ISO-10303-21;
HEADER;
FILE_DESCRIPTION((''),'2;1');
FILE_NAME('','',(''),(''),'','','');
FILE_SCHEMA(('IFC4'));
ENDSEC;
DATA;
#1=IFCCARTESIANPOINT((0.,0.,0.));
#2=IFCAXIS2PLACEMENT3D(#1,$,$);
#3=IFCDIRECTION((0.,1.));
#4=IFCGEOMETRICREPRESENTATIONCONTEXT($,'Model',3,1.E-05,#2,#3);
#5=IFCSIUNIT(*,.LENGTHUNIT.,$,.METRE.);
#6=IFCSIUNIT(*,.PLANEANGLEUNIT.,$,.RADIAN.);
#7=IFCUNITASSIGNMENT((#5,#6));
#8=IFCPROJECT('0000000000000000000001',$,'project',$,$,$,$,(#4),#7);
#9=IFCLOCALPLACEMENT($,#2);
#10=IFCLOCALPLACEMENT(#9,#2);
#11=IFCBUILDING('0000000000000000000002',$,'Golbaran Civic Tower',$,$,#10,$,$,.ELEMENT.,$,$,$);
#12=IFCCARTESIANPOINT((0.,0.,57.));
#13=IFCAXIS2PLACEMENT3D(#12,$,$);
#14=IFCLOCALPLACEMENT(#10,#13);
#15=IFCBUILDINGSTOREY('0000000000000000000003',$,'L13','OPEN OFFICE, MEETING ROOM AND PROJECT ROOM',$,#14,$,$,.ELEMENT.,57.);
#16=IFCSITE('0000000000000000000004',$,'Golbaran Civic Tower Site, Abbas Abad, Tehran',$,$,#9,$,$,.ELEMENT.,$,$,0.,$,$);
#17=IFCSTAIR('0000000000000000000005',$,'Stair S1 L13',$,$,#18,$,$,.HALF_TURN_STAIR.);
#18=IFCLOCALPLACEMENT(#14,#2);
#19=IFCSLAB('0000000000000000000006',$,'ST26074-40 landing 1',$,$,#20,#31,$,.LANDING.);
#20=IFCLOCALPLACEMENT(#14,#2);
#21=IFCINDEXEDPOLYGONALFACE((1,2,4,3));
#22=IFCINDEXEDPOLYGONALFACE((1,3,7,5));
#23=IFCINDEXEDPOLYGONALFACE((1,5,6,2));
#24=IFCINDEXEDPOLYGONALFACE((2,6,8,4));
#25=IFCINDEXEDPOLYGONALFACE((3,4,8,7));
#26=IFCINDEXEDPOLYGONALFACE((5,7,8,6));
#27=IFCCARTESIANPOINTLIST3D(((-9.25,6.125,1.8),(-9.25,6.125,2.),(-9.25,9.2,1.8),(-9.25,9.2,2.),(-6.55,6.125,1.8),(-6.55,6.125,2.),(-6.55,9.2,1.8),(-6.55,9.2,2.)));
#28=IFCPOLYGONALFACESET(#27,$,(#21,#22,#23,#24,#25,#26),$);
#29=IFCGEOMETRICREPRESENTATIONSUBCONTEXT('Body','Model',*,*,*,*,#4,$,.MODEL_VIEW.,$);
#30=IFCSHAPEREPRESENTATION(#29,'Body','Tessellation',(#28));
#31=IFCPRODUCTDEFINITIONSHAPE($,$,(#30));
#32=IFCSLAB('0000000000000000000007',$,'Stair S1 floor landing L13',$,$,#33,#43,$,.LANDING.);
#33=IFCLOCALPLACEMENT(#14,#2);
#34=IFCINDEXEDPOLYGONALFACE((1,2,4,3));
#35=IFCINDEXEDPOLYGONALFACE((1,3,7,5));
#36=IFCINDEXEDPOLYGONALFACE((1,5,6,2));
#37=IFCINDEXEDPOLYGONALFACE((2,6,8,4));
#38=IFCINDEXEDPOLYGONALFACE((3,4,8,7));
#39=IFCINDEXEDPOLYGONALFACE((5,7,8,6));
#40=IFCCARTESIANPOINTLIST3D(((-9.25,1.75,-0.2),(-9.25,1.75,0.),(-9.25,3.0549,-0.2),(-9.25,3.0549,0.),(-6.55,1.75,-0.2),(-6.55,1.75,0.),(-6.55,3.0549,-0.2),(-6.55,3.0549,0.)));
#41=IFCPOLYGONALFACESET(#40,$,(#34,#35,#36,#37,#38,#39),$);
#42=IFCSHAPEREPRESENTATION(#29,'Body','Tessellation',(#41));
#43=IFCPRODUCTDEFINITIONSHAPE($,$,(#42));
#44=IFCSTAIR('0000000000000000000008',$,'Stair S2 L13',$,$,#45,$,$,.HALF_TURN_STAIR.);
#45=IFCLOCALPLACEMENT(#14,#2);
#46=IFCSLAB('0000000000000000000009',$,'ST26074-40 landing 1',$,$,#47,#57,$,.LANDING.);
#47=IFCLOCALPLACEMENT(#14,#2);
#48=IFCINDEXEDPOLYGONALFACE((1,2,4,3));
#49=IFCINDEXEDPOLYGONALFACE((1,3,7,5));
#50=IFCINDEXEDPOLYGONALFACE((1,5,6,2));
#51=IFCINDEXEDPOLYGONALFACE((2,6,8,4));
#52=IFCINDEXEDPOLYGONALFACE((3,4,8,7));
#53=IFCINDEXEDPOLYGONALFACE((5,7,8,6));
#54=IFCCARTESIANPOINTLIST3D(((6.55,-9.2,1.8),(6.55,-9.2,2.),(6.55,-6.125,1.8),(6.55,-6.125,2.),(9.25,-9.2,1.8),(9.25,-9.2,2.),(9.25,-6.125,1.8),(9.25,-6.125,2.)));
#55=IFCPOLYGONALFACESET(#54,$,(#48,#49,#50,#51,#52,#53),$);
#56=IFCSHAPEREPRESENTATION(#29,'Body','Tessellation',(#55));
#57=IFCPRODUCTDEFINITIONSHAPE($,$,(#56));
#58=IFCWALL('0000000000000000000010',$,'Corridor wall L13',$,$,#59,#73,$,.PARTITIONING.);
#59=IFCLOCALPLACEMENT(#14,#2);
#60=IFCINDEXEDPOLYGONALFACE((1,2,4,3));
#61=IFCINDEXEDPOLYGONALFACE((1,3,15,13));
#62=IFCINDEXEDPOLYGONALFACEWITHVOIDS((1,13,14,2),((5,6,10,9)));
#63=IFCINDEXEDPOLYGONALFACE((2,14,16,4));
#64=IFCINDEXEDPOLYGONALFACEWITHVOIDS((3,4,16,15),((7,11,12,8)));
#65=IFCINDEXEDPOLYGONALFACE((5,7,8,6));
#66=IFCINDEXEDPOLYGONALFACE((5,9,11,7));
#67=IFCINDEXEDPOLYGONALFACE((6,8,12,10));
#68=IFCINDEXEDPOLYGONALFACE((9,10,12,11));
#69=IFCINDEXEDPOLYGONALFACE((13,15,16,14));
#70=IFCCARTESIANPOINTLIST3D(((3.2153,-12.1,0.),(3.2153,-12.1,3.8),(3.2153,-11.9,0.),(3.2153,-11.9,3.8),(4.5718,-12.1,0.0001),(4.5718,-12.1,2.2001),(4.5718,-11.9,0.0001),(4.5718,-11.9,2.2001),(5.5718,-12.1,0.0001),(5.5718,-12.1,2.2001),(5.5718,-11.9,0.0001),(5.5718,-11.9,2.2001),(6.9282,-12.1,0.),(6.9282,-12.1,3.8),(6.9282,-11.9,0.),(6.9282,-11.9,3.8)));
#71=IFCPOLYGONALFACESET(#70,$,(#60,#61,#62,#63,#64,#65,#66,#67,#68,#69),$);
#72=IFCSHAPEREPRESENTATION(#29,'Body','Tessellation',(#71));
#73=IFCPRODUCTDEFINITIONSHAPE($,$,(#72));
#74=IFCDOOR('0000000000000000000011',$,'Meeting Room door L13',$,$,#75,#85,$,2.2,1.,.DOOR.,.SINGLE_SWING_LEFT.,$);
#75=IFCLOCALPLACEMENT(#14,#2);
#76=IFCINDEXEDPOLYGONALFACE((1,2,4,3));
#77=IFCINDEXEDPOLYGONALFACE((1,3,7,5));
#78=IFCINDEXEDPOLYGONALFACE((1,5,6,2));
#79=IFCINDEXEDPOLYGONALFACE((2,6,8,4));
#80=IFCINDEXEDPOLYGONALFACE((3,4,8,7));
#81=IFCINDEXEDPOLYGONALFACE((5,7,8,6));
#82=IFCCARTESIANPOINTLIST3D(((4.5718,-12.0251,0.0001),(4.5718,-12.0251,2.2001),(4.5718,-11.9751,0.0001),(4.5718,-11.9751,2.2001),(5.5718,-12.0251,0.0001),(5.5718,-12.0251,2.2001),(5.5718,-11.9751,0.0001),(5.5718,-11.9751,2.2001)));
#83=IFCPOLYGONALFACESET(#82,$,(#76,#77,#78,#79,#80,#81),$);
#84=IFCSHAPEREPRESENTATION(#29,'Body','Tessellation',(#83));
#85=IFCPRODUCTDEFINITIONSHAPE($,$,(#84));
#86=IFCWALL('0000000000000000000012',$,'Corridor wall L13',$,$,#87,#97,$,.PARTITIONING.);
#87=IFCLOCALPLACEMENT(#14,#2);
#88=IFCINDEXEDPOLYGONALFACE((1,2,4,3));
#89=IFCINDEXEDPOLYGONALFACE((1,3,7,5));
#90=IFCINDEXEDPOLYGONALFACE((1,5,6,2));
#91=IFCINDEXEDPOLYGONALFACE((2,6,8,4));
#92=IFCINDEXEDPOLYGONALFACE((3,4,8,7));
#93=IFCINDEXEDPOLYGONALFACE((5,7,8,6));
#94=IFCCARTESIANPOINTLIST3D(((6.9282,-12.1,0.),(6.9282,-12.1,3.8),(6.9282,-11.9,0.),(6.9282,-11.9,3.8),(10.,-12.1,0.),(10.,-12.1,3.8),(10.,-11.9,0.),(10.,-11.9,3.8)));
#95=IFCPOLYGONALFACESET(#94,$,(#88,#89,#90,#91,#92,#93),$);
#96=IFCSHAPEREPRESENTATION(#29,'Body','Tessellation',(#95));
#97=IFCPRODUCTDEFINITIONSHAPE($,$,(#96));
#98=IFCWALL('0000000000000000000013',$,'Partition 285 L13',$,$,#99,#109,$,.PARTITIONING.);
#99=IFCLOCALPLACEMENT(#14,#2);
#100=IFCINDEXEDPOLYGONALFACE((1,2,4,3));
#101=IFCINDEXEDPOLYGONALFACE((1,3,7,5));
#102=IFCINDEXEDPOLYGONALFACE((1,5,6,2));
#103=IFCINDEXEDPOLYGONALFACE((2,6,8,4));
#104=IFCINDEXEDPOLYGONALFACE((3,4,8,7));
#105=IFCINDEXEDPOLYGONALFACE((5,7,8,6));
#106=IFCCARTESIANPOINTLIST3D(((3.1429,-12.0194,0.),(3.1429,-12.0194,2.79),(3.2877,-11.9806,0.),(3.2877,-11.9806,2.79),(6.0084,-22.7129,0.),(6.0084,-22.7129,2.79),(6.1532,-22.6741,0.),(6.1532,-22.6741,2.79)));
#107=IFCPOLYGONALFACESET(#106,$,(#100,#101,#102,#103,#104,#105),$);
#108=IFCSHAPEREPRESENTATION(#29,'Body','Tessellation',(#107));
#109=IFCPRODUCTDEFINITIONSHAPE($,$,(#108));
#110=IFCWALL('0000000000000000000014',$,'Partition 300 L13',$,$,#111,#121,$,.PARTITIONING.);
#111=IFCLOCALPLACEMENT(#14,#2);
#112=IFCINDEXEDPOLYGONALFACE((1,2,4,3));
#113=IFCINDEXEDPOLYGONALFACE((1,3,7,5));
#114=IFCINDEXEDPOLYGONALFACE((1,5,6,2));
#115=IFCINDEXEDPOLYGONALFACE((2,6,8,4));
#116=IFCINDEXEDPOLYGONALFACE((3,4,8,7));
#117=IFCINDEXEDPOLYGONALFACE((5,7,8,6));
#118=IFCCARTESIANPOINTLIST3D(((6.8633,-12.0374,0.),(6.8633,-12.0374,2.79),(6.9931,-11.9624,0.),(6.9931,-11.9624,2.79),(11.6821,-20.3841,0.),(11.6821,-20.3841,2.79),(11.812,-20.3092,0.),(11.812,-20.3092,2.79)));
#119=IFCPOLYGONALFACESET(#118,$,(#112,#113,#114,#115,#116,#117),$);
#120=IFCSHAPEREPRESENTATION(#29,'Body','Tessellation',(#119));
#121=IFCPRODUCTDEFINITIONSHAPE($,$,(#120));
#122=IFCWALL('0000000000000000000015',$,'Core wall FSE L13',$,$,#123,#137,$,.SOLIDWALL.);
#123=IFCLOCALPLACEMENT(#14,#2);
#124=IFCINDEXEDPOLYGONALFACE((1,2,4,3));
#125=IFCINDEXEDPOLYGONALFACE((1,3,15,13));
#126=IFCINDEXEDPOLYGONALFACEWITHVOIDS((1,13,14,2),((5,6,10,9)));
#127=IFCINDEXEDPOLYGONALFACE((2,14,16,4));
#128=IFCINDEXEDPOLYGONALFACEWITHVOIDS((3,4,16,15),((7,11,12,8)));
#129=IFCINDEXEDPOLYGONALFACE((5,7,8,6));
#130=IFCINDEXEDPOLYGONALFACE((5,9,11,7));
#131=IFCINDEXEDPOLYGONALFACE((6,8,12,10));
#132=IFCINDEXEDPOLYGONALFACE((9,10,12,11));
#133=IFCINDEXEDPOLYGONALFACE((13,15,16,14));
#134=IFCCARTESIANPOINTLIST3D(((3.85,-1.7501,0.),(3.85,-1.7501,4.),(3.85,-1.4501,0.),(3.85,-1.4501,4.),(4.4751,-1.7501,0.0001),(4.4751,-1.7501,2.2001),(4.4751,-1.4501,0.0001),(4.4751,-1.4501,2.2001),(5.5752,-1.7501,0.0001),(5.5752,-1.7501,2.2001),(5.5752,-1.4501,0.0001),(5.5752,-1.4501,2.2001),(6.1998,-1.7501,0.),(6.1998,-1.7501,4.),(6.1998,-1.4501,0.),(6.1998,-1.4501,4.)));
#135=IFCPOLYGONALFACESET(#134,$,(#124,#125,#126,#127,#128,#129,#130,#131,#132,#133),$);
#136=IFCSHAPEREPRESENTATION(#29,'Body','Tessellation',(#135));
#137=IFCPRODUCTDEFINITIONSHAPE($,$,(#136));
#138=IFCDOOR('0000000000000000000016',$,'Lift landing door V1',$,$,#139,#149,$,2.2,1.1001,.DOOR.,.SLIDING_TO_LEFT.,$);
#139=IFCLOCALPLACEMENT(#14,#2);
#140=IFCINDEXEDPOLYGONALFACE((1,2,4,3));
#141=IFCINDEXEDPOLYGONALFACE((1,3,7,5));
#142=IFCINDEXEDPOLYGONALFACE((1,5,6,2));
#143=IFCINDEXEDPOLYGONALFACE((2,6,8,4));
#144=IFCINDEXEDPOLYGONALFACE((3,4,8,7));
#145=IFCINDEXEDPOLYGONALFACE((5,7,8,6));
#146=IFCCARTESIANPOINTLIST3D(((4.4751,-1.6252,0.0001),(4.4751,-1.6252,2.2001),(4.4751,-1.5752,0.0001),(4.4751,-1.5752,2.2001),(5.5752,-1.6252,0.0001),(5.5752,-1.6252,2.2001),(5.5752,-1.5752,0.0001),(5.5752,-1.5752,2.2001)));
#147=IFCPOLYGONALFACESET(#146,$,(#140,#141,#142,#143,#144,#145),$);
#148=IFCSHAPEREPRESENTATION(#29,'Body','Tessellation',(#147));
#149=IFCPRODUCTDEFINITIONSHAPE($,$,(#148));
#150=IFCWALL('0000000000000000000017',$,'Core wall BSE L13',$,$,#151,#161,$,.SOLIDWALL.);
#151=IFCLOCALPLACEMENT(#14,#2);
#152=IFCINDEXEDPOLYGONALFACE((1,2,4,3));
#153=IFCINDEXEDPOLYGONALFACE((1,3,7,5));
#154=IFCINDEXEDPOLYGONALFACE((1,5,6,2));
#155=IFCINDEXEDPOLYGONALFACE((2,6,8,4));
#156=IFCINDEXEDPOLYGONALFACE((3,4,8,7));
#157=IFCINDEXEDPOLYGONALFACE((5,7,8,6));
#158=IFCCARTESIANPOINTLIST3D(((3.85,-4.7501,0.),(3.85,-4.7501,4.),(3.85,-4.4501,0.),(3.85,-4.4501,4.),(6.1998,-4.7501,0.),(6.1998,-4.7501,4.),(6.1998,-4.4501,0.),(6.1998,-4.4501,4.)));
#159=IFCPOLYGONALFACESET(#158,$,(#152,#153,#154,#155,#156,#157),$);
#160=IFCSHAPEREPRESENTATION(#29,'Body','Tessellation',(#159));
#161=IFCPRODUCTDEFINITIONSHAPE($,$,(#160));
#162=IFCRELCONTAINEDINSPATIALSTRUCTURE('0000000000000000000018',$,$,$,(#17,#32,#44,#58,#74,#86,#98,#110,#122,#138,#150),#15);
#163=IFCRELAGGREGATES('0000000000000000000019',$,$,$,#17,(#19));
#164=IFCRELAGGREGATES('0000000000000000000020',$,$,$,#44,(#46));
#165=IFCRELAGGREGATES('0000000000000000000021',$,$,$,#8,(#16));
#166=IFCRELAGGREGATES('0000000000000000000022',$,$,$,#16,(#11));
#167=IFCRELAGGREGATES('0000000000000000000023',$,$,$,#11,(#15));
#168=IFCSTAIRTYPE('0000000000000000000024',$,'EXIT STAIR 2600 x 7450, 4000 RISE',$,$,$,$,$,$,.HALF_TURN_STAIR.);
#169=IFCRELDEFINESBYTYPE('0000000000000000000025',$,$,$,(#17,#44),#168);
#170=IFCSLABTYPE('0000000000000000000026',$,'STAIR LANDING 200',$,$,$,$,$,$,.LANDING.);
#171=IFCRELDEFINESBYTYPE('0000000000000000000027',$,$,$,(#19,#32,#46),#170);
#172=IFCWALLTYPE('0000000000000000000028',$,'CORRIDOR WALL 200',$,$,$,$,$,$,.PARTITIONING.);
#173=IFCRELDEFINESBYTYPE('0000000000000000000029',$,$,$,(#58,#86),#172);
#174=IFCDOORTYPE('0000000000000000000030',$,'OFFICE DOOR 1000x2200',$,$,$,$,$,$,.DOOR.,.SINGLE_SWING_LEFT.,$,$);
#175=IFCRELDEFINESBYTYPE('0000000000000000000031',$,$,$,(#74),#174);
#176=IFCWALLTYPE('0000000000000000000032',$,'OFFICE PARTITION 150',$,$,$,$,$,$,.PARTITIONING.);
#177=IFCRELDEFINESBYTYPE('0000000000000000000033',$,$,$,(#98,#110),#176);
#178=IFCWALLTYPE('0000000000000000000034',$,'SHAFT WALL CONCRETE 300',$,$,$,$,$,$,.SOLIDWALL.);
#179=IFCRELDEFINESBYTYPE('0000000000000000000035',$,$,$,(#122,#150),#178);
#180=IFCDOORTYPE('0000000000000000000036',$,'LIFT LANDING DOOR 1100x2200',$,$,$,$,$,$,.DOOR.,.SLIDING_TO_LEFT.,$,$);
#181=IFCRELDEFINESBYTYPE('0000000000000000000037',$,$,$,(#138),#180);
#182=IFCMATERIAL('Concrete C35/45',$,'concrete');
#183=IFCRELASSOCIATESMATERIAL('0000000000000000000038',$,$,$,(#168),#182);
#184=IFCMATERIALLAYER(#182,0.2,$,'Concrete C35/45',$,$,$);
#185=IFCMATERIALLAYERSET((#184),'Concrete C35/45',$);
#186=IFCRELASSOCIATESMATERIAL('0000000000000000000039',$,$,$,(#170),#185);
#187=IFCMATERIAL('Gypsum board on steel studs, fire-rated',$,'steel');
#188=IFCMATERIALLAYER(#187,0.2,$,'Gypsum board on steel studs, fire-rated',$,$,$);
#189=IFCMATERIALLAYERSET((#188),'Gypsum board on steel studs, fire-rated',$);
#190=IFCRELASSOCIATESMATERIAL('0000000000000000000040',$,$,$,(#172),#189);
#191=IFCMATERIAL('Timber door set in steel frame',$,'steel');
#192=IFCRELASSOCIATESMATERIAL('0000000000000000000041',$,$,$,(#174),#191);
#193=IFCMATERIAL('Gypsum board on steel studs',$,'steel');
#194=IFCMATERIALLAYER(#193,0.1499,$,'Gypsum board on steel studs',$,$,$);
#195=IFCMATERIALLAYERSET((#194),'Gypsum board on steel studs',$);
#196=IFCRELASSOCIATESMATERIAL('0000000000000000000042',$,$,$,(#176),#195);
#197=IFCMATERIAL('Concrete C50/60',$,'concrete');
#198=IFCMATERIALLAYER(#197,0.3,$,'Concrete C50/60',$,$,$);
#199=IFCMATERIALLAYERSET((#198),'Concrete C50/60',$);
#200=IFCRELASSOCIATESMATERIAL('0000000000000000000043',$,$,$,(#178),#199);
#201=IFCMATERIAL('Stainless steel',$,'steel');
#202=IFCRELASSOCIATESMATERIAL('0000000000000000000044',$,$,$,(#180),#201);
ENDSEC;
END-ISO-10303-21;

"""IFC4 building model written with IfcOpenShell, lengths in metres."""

from ifc_helpers import new_model, si_unit, direction, frame, frame_2d, origin, place, context, subcontext, project, spatial, polyline, rectangle, outline, extrude, material, layer, layer_set, type_object, element, fill, aggregate, save


model = new_model("IFC4")

# Units and contexts
model_context = context("Model", 3, precision=1e-05, world=origin(), true_north=direction((0.0, 1.0)))
body_context = subcontext(model_context, "Body", "Model", "MODEL_VIEW")
ifc_project = project(units=[si_unit("LENGTHUNIT", "METRE"), si_unit("PLANEANGLEUNIT", "RADIAN")], contexts=[model_context])

# Site, building, storey
site_placement = place(None, origin())
site = spatial("IfcSite", under=ifc_project, at=site_placement, Name="Golbaran Civic Tower Site, Abbas Abad, Tehran", CompositionType="ELEMENT", RefElevation=0.0)
building_placement = place(site_placement, origin())
building = spatial("IfcBuilding", under=site, at=building_placement, Name="Golbaran Civic Tower", CompositionType="ELEMENT")
storey_placement = place(building_placement, frame((0.0, 0.0, 57.0)))
storey = spatial("IfcBuildingStorey", under=building, at=storey_placement, Name="L13", Description="OPEN OFFICE, MEETING ROOM AND PROJECT ROOM", CompositionType="ELEMENT", Elevation=57.0)

# Shared definitions
ifc_material_1 = material(Name="Concrete C35/45", Category="concrete")

# Stair, slab
stair_type = type_object("IfcStairType", Name="EXIT STAIR 2600 x 7450, 4000 RISE", PredefinedType="HALF_TURN_STAIR", material=ifc_material_1)
stair_1_placement = place(storey_placement, origin())
stair_1 = element("IfcStair", 1, at=stair_1_placement, inside=storey, type_object=stair_type, Name="Stair S1 L13", PredefinedType="HALF_TURN_STAIR")
ifc_layer_1 = layer(ifc_material_1, 0.2, Name="Concrete C35/45")
ifc_layer_set_1 = layer_set([ifc_layer_1], Name="Concrete C35/45")
slab_type_1 = type_object("IfcSlabType", Name="STAIR LANDING 200", PredefinedType="LANDING", material=ifc_layer_set_1)
slab_1_placement = place(storey_placement, frame((0.0, 0.0, 1.8)))
slab_1 = element("IfcSlab", 2, at=slab_1_placement, type_object=slab_type_1, Name="ST26074-40 landing 1", PredefinedType="LANDING", context=body_context, shape_type="SweptSolid", body=[
    extrude(outline(polyline([(-9.25, 6.125), (-9.25, 9.2), (-6.55, 9.2), (-6.55, 6.125), (-9.25, 6.125)])), origin(), (0.0, 0.0, 1.0), 0.2),
])
aggregate(stair_1, [slab_1])

# Slab
slab_2_placement = place(storey_placement, frame((0.0, 0.0, -0.2)))
element("IfcSlab", 3, at=slab_2_placement, inside=storey, type_object=slab_type_1, Name="Stair S1 floor landing L13", PredefinedType="LANDING", context=body_context, shape_type="SweptSolid", body=[
    extrude(outline(polyline([(-9.25, 1.75), (-9.25, 3.0549), (-6.55, 3.0549), (-6.55, 1.75), (-9.25, 1.75)])), origin(), (0.0, 0.0, 1.0), 0.2),
])

# Stair, slab
stair_2_placement = place(storey_placement, origin())
stair_2 = element("IfcStair", 4, at=stair_2_placement, inside=storey, type_object=stair_type, Name="Stair S2 L13", PredefinedType="HALF_TURN_STAIR")
slab_3_placement = place(storey_placement, frame((0.0, 0.0, 1.8)))
slab_3 = element("IfcSlab", 5, at=slab_3_placement, type_object=slab_type_1, Name="ST26074-40 landing 1", PredefinedType="LANDING", context=body_context, shape_type="SweptSolid", body=[
    extrude(outline(polyline([(9.25, -6.125), (9.25, -9.2), (6.55, -9.2), (6.55, -6.125), (9.25, -6.125)])), origin(), (0.0, 0.0, 1.0), 0.2),
])

# Wall, opening, door
ifc_material_2 = material(Name="Gypsum board on steel studs, fire-rated", Category="steel")
ifc_layer_2 = layer(ifc_material_2, 0.2, Name="Gypsum board on steel studs, fire-rated")
ifc_layer_set_2 = layer_set([ifc_layer_2], Name="Gypsum board on steel studs, fire-rated")
wall_type_1 = type_object("IfcWallType", Name="CORRIDOR WALL 200", PredefinedType="PARTITIONING", material=ifc_layer_set_2)
wall_1_placement = place(storey_placement, frame((3.2153, -12.0, 0.0), z_axis=(0.0, 0.0, 1.0), x_axis=(1.0, 0.0, 0.0)))
wall_1 = element("IfcWall", 6, at=wall_1_placement, inside=storey, type_object=wall_type_1, Name="Corridor wall L13", PredefinedType="PARTITIONING", context=body_context, shape_type="SweptSolid", body=[
    extrude(rectangle(XDim=3.7129, YDim=0.2, at=frame_2d((1.8564, 0.0))), origin(), (0.0, 0.0, 1.0), 3.8),
])
opening_1_placement = place(wall_1_placement, frame((1.3564, 0.0, 0.0)))
opening_1 = element("IfcOpeningElement", 7, at=opening_1_placement, cuts=wall_1, PredefinedType="OPENING", context=body_context, shape_type="SweptSolid", body=[
    extrude(rectangle(XDim=1.0, YDim=2.2, at=frame_2d((0.5, 1.1001))), frame((0.0, 0.1099, 0.0), z_axis=(0.0, -1.0, 0.0), x_axis=(1.0, 0.0, 0.0)), (0.0, 0.0, 1.0), 0.22),
])
ifc_material_3 = material(Name="Timber door set in steel frame", Category="steel")
door_type_1 = type_object("IfcDoorType", Name="OFFICE DOOR 1000x2200", OperationType="SINGLE_SWING_LEFT", PredefinedType="DOOR", material=ifc_material_3)
door_1_placement = place(opening_1_placement, origin())
door_1 = element("IfcDoor", 8, at=door_1_placement, inside=storey, type_object=door_type_1, Name="Meeting Room door L13", OperationType="SINGLE_SWING_LEFT", OverallHeight=2.2, OverallWidth=1.0, PredefinedType="DOOR", context=body_context, shape_type="SweptSolid", body=[
    extrude(rectangle(XDim=1.0, YDim=2.2, at=frame_2d((0.5, 1.1001))), frame((0.0, 0.0249, 0.0), z_axis=(0.0, -1.0, 0.0), x_axis=(1.0, 0.0, 0.0)), (0.0, 0.0, 1.0), 0.05),
])
fill(opening_1, door_1)

# Walls
wall_2_placement = place(storey_placement, frame((6.9282, -12.0, 0.0), z_axis=(0.0, 0.0, 1.0), x_axis=(1.0, 0.0, 0.0)))
element("IfcWall", 9, at=wall_2_placement, inside=storey, type_object=wall_type_1, Name="Corridor wall L13", PredefinedType="PARTITIONING", context=body_context, shape_type="SweptSolid", body=[
    extrude(rectangle(XDim=3.0718, YDim=0.2, at=frame_2d((1.5359, 0.0))), origin(), (0.0, 0.0, 1.0), 3.8),
])
ifc_material_4 = material(Name="Gypsum board on steel studs", Category="steel")
ifc_layer_3 = layer(ifc_material_4, 0.1499, Name="Gypsum board on steel studs")
ifc_layer_set_3 = layer_set([ifc_layer_3], Name="Gypsum board on steel studs")
wall_type_2 = type_object("IfcWallType", Name="OFFICE PARTITION 150", PredefinedType="PARTITIONING", material=ifc_layer_set_3)
wall_3_placement = place(storey_placement, frame((3.2153, -12.0, 0.0), z_axis=(0.0, 0.0, 1.0), x_axis=(0.258831, -0.965923, 0.0)))
element("IfcWall", 10, at=wall_3_placement, inside=storey, type_object=wall_type_2, Name="Partition 285 L13", PredefinedType="PARTITIONING", context=body_context, shape_type="SweptSolid", body=[
    extrude(rectangle(XDim=11.0708, YDim=0.1499, at=frame_2d((5.5354, 0.0))), origin(), (0.0, 0.0, 1.0), 2.79),
])
wall_4_placement = place(storey_placement, frame((6.9282, -12.0, 0.0), z_axis=(0.0, 0.0, 1.0), x_axis=(0.499991, -0.86603, 0.0)))
element("IfcWall", 11, at=wall_4_placement, inside=storey, type_object=wall_type_2, Name="Partition 300 L13", PredefinedType="PARTITIONING", context=body_context, shape_type="SweptSolid", body=[
    extrude(rectangle(XDim=9.6379, YDim=0.1499, at=frame_2d((4.8188, 0.0))), origin(), (0.0, 0.0, 1.0), 2.79),
])

# Wall, opening, door
ifc_material_5 = material(Name="Concrete C50/60", Category="concrete")
ifc_layer_4 = layer(ifc_material_5, 0.3, Name="Concrete C50/60")
ifc_layer_set_4 = layer_set([ifc_layer_4], Name="Concrete C50/60")
wall_type_3 = type_object("IfcWallType", Name="SHAFT WALL CONCRETE 300", PredefinedType="SOLIDWALL", material=ifc_layer_set_4)
wall_5_placement = place(storey_placement, frame((3.8501, -1.6001, 0.0), z_axis=(0.0, 0.0, 1.0), x_axis=(1.0, 0.0, 0.0)))
wall_5 = element("IfcWall", 12, at=wall_5_placement, inside=storey, type_object=wall_type_3, Name="Core wall FSE L13", PredefinedType="SOLIDWALL", context=body_context, shape_type="SweptSolid", body=[
    extrude(rectangle(XDim=2.3499, YDim=0.3, at=frame_2d((1.1748, 0.0))), origin(), (0.0, 0.0, 1.0), 4.0),
])
opening_2_placement = place(wall_5_placement, frame((0.625, 0.0, 0.0)))
opening_2 = element("IfcOpeningElement", 13, at=opening_2_placement, cuts=wall_5, PredefinedType="OPENING", context=body_context, shape_type="SweptSolid", body=[
    extrude(rectangle(XDim=1.1001, YDim=2.2, at=frame_2d((0.55, 1.1001))), frame((0.0, 0.1599, 0.0), z_axis=(0.0, -1.0, 0.0), x_axis=(1.0, 0.0, 0.0)), (0.0, 0.0, 1.0), 0.3201),
])
ifc_material_6 = material(Name="Stainless steel", Category="steel")
door_type_2 = type_object("IfcDoorType", Name="LIFT LANDING DOOR 1100x2200", OperationType="SLIDING_TO_LEFT", PredefinedType="DOOR", material=ifc_material_6)
door_2_placement = place(opening_2_placement, origin())
door_2 = element("IfcDoor", 14, at=door_2_placement, inside=storey, type_object=door_type_2, Name="Lift landing door V1", OperationType="SLIDING_TO_LEFT", OverallHeight=2.2, OverallWidth=1.1001, PredefinedType="DOOR", context=body_context, shape_type="SweptSolid", body=[
    extrude(rectangle(XDim=1.1001, YDim=2.2, at=frame_2d((0.55, 1.1001))), frame((0.0, 0.0249, 0.0), z_axis=(0.0, -1.0, 0.0), x_axis=(1.0, 0.0, 0.0)), (0.0, 0.0, 1.0), 0.05),
])
fill(opening_2, door_2)

# Wall
wall_6_placement = place(storey_placement, frame((3.8501, -4.6001, 0.0), z_axis=(0.0, 0.0, 1.0), x_axis=(1.0, 0.0, 0.0)))
element("IfcWall", 15, at=wall_6_placement, inside=storey, type_object=wall_type_3, Name="Core wall BSE L13", PredefinedType="SOLIDWALL", context=body_context, shape_type="SweptSolid", body=[
    extrude(rectangle(XDim=2.3499, YDim=0.3, at=frame_2d((1.1748, 0.0))), origin(), (0.0, 0.0, 1.0), 4.0),
])

aggregate(stair_2, [slab_3])

save(model, "model.ifc")
